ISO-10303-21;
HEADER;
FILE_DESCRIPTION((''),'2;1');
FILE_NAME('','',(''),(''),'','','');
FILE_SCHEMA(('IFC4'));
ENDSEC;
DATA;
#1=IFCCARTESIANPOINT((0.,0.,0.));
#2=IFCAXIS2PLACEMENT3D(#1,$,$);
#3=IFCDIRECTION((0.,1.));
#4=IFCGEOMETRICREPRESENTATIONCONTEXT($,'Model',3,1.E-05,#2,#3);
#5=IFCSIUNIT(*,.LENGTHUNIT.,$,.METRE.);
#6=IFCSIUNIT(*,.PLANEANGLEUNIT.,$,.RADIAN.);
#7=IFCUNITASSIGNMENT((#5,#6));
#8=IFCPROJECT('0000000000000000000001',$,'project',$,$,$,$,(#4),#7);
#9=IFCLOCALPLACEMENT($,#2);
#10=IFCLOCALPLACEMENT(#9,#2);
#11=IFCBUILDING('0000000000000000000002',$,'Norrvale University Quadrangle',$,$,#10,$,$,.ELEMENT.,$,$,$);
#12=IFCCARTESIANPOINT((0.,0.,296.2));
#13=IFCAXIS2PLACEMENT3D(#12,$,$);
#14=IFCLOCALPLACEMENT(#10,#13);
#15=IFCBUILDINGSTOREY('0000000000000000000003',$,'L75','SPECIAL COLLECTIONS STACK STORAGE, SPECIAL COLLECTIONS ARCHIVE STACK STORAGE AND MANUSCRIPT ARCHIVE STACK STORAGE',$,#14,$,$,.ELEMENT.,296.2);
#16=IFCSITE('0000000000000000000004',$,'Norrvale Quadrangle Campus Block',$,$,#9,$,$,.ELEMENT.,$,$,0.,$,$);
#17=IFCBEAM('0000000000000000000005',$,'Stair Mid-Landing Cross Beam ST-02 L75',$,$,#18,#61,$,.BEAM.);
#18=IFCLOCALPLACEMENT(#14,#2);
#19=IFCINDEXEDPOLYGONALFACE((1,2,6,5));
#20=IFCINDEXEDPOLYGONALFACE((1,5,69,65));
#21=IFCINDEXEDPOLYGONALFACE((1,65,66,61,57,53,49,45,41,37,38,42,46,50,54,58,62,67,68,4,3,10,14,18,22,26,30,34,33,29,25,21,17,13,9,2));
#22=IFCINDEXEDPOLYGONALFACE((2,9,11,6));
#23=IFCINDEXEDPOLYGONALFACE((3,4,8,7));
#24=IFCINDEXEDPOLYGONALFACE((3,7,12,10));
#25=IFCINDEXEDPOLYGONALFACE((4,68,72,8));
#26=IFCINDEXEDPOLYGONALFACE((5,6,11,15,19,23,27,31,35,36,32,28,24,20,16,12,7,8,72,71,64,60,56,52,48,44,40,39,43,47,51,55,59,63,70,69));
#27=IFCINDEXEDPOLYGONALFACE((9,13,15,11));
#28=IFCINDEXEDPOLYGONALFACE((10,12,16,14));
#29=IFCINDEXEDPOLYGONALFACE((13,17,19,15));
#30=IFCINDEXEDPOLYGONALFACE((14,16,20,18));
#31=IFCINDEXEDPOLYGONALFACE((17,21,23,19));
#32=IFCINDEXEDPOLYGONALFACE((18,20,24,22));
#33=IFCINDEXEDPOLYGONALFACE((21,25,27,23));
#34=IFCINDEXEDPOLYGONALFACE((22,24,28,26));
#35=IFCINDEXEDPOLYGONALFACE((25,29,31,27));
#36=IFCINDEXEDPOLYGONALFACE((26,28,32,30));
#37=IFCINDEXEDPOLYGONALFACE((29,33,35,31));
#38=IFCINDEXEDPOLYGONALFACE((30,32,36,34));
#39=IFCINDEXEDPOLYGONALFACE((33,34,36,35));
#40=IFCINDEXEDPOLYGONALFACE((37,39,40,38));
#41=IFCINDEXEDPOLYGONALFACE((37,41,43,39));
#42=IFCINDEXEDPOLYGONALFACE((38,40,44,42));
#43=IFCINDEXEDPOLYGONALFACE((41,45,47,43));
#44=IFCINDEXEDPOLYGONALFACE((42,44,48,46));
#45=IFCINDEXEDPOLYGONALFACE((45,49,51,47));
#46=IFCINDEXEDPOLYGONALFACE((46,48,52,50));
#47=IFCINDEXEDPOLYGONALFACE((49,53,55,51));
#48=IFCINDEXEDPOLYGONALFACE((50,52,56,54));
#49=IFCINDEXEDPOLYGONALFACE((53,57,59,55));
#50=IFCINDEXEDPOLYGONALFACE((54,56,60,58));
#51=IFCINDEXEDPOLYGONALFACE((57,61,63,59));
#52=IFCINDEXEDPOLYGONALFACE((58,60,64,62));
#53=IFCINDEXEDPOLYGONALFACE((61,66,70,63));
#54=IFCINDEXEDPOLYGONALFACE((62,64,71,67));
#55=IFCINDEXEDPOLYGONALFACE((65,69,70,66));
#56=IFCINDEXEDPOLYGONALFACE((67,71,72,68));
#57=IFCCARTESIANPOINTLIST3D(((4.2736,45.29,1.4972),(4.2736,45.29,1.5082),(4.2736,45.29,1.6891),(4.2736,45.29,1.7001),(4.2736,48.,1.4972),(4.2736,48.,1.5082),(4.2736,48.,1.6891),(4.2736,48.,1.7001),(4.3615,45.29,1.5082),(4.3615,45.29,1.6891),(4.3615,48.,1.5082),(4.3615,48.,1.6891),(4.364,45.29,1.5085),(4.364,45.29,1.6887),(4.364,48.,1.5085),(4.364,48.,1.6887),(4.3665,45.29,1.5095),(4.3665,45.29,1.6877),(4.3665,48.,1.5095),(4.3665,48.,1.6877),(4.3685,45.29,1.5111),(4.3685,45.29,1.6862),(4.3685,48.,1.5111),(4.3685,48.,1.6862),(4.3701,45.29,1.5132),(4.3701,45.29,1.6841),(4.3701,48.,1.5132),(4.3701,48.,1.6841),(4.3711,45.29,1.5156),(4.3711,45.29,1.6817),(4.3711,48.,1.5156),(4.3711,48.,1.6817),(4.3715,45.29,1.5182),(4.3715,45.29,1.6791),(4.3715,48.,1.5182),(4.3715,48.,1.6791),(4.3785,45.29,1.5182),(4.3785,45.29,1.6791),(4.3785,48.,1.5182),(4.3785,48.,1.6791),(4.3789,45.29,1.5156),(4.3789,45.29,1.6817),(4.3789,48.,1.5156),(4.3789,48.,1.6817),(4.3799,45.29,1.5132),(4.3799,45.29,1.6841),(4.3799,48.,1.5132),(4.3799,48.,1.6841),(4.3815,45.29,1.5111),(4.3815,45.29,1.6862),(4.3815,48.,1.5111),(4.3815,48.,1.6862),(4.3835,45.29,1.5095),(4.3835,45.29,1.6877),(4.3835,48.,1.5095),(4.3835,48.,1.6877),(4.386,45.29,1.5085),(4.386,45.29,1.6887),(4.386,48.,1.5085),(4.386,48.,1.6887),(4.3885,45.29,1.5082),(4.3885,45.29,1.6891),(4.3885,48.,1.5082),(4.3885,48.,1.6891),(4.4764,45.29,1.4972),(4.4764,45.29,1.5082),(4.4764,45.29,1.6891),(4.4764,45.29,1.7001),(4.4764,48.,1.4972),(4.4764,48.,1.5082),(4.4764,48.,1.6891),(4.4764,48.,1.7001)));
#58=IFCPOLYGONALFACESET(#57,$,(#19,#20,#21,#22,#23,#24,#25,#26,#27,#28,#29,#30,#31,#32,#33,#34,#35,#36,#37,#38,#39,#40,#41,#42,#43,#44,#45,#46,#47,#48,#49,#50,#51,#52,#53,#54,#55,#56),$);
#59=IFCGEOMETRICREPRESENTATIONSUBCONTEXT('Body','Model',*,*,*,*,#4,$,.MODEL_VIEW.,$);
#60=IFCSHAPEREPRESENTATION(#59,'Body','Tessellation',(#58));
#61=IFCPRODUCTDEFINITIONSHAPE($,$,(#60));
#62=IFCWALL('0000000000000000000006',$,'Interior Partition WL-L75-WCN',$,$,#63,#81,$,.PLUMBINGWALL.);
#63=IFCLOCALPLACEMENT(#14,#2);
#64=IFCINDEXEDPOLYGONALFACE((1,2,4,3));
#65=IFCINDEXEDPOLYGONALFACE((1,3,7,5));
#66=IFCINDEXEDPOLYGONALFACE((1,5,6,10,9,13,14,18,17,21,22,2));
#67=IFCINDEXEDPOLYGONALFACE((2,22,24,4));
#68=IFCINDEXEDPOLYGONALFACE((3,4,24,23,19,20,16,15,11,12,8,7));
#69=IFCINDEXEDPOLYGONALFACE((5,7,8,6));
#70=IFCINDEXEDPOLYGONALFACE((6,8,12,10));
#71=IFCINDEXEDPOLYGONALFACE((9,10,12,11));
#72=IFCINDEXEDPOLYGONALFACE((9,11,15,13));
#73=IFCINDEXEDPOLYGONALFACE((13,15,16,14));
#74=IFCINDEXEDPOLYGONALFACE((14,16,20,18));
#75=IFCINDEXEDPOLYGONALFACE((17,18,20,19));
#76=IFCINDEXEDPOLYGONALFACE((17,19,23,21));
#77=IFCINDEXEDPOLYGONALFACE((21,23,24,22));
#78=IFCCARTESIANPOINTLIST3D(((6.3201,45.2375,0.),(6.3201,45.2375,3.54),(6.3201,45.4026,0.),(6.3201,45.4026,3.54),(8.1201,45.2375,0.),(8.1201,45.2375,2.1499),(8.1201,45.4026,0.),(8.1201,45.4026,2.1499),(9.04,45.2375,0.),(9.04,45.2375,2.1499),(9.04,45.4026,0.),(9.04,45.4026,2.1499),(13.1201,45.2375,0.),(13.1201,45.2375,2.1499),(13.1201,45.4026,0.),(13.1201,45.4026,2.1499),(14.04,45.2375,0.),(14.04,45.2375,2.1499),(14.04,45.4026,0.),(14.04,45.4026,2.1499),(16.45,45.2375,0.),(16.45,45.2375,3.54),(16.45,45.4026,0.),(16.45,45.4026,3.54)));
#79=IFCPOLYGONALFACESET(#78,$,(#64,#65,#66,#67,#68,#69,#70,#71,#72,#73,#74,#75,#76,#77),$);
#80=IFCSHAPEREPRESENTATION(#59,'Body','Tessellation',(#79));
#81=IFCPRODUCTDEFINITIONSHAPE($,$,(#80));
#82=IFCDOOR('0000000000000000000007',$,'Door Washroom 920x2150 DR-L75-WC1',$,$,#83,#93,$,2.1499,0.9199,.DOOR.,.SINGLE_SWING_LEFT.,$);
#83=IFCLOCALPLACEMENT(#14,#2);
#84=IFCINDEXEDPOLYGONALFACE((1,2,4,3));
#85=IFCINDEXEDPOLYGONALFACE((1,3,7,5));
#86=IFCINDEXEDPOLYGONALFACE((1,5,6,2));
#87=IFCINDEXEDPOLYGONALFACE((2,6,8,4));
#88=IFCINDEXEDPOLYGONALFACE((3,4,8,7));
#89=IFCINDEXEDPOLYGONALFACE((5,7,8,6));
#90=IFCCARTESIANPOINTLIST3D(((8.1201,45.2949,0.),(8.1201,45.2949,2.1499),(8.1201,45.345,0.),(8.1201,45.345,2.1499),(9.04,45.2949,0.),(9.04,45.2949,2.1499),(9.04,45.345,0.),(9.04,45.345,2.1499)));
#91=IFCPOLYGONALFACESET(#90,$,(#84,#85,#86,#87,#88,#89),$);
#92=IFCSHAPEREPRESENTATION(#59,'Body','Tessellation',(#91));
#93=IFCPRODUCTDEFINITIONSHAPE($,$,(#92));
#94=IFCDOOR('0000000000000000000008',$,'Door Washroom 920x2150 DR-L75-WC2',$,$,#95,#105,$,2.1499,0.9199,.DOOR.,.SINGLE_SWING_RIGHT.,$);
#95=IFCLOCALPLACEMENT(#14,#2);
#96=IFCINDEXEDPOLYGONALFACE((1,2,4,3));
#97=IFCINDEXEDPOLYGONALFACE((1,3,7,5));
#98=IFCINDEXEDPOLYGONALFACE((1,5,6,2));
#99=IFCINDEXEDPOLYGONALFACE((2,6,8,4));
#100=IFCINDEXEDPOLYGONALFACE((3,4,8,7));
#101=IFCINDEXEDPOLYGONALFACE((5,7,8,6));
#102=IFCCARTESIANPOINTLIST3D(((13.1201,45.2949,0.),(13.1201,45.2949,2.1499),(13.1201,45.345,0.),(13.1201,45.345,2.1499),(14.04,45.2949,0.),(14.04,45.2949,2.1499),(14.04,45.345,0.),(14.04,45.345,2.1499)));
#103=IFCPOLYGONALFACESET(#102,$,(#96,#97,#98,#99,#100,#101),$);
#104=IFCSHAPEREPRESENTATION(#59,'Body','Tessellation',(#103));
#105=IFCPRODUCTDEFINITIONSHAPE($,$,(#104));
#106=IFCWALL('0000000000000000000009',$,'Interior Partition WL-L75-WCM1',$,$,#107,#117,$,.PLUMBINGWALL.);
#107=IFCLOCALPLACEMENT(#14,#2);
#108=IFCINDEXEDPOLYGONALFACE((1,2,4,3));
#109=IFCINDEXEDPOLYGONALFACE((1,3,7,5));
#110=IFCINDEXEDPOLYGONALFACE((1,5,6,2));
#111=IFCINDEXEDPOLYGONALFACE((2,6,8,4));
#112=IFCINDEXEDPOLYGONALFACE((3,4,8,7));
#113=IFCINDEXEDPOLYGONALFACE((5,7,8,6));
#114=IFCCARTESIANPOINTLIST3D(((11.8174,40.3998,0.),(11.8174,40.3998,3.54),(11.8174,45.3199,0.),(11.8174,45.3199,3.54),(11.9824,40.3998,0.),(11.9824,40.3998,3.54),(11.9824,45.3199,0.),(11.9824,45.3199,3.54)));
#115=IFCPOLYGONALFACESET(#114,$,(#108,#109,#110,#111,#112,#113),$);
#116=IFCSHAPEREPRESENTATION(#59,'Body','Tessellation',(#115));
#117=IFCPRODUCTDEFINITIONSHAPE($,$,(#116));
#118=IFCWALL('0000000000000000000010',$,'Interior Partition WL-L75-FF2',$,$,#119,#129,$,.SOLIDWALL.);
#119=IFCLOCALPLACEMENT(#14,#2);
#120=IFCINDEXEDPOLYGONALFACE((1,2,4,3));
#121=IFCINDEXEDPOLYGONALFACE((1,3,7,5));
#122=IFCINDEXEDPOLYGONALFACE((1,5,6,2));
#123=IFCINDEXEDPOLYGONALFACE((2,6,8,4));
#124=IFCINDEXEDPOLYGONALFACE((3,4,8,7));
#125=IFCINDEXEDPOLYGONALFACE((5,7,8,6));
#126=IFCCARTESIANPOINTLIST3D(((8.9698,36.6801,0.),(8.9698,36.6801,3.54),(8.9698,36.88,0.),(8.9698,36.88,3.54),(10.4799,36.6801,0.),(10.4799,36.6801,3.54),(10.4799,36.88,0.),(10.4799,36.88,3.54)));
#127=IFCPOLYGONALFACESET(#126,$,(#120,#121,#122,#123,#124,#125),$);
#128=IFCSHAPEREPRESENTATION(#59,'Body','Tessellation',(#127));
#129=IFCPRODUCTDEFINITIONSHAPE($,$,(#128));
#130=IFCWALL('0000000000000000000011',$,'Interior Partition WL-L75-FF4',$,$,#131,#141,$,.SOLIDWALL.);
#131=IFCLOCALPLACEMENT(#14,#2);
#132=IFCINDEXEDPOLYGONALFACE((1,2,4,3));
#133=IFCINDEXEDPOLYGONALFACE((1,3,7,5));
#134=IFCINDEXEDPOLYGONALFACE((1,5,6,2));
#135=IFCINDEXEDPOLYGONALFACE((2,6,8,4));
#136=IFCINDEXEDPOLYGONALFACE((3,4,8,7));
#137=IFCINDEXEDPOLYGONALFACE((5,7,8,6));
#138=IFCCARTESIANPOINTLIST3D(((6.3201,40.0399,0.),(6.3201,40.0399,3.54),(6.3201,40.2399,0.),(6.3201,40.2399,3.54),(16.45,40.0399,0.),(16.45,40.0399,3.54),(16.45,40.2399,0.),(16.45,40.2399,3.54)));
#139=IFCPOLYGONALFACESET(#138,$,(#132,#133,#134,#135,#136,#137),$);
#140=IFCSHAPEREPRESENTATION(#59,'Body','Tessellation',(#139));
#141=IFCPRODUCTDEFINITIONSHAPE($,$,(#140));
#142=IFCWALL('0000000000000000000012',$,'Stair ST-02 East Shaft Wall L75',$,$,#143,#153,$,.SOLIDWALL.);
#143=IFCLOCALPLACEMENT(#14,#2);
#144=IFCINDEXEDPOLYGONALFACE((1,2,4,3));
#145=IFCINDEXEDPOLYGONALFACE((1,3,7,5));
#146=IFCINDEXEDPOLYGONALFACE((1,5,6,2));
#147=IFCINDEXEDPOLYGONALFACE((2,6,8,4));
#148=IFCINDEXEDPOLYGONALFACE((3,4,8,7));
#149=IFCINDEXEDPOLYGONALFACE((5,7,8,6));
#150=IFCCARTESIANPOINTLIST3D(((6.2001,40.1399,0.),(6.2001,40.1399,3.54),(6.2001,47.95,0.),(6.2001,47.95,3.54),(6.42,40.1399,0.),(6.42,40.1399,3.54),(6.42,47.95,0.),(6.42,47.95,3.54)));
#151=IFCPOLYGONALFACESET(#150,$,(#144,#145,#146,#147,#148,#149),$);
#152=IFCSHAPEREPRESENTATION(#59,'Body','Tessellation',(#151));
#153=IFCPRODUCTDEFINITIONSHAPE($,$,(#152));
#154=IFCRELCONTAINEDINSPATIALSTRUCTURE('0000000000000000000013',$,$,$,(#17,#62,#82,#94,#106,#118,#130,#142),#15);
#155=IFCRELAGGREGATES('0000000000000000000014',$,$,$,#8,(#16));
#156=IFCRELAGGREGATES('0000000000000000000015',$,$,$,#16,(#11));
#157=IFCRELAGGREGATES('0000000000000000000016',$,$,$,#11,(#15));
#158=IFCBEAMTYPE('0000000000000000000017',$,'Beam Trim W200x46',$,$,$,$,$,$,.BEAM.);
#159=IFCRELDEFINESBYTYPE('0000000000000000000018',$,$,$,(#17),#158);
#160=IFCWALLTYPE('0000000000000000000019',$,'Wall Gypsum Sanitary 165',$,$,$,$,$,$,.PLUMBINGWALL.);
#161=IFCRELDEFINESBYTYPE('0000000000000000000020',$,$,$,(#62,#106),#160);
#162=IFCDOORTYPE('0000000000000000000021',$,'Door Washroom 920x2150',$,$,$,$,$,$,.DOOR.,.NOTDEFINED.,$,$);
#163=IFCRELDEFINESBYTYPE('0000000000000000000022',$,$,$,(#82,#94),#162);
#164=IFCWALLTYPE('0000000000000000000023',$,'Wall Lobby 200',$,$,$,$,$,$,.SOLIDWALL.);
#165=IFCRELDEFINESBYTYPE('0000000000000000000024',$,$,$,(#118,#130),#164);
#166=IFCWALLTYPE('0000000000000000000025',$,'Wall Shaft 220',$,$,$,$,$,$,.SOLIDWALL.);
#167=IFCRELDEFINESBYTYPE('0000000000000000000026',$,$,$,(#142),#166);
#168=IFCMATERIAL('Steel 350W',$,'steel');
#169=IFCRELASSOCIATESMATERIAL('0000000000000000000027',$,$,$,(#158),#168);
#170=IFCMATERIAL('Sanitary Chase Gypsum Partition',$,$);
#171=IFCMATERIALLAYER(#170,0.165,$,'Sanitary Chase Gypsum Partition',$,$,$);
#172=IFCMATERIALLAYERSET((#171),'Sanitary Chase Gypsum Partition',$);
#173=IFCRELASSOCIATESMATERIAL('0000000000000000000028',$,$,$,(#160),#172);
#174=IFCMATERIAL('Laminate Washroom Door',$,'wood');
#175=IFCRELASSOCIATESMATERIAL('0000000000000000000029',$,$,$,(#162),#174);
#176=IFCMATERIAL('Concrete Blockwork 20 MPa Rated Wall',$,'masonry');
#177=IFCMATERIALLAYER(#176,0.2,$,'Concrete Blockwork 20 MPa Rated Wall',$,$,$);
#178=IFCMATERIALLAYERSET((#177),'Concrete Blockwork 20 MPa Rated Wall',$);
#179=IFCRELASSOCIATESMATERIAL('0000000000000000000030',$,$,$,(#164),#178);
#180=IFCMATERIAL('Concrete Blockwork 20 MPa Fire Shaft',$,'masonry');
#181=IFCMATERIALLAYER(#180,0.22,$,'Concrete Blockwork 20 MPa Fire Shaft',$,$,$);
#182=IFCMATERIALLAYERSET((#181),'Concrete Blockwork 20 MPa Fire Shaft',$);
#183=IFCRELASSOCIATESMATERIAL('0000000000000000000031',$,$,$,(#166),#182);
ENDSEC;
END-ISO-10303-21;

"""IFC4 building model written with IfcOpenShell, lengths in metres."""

from ifc_helpers import new_model, si_unit, direction, frame, frame_2d, origin, origin_2d, place, context, subcontext, project, spatial, rectangle, i_section, extrude, material, layer, layer_set, material_profile, profile_set, type_object, element, fill, save


model = new_model("IFC4")

# Units and contexts
model_context = context("Model", 3, precision=1e-05, world=origin(), true_north=direction((0.0, 1.0)))
body_context = subcontext(model_context, "Body", "Model", "MODEL_VIEW")
ifc_project = project(units=[si_unit("LENGTHUNIT", "METRE"), si_unit("PLANEANGLEUNIT", "RADIAN")], contexts=[model_context])

# Site, building, storey
site_placement = place(None, origin())
site = spatial("IfcSite", under=ifc_project, at=site_placement, Name="Norrvale Quadrangle Campus Block", CompositionType="ELEMENT", RefElevation=0.0)
building_placement = place(site_placement, origin())
building = spatial("IfcBuilding", under=site, at=building_placement, Name="Norrvale University Quadrangle", CompositionType="ELEMENT")
storey_placement = place(building_placement, frame((0.0, 0.0, 296.2)))
storey = spatial("IfcBuildingStorey", under=building, at=storey_placement, Name="L75", Description="SPECIAL COLLECTIONS STACK STORAGE, SPECIAL COLLECTIONS ARCHIVE STACK STORAGE AND MANUSCRIPT ARCHIVE STACK STORAGE", CompositionType="ELEMENT", Elevation=296.2)

# Beam
ifc_material_1 = material(Name="Steel 350W", Category="steel")
ifc_material_profile = material_profile(ifc_material_1, i_section(OverallWidth=0.2029, OverallDepth=0.2029, WebThickness=0.0071, FlangeThickness=0.011, FilletRadius=0.01, at=origin_2d()), Name="Steel 350W")
ifc_profile_set = profile_set([ifc_material_profile], Name="Steel 350W")
beam_type = type_object("IfcBeamType", Name="Beam Trim W200x46", PredefinedType="BEAM", material=ifc_profile_set)
beam_placement = place(storey_placement, frame((4.375, 45.29, 1.5986), z_axis=(0.0, 1.0, 0.0), x_axis=(-1.0, 0.0, 0.0)))
element("IfcBeam", 1, at=beam_placement, inside=storey, type_object=beam_type, Name="Stair Mid-Landing Cross Beam ST-02 L75", PredefinedType="BEAM", context=body_context, shape_type="SweptSolid", body=[
    extrude(i_section(OverallWidth=0.2029, OverallDepth=0.2029, WebThickness=0.0071, FlangeThickness=0.011, FilletRadius=0.01, at=origin_2d()), origin(), (0.0, 0.0, 1.0), 2.71),
])

# Wall, openings, doors
ifc_material_2 = material(Name="Sanitary Chase Gypsum Partition")
ifc_layer_1 = layer(ifc_material_2, 0.165, Name="Sanitary Chase Gypsum Partition")
ifc_layer_set_1 = layer_set([ifc_layer_1], Name="Sanitary Chase Gypsum Partition")
wall_type_1 = type_object("IfcWallType", Name="Wall Gypsum Sanitary 165", PredefinedType="PLUMBINGWALL", material=ifc_layer_set_1)
wall_1_placement = place(storey_placement, frame((6.3201, 45.3201, 0.0), z_axis=(0.0, 0.0, 1.0), x_axis=(1.0, 0.0, 0.0)))
wall_1 = element("IfcWall", 2, at=wall_1_placement, inside=storey, type_object=wall_type_1, Name="Interior Partition WL-L75-WCN", PredefinedType="PLUMBINGWALL", context=body_context, shape_type="SweptSolid", body=[
    extrude(rectangle(XDim=10.1299, YDim=0.165, at=frame_2d((5.0649, 0.0))), origin(), (0.0, 0.0, 1.0), 3.54),
])
opening_1_placement = place(wall_1_placement, frame((1.8, 0.0, 0.0)))
opening_1 = element("IfcOpeningElement", 3, at=opening_1_placement, cuts=wall_1, PredefinedType="OPENING", context=body_context, shape_type="SweptSolid", body=[
    extrude(rectangle(XDim=0.9199, YDim=2.1499, at=frame_2d((0.46, 1.075))), frame((0.0, 0.0945, 0.0), z_axis=(0.0, -1.0, 0.0), x_axis=(1.0, 0.0, 0.0)), (0.0, 0.0, 1.0), 0.189),
])
opening_2_placement = place(wall_1_placement, frame((6.8, 0.0, 0.0)))
opening_2 = element("IfcOpeningElement", 4, at=opening_2_placement, cuts=wall_1, PredefinedType="OPENING", context=body_context, shape_type="SweptSolid", body=[
    extrude(rectangle(XDim=0.9199, YDim=2.1499, at=frame_2d((0.46, 1.075))), frame((0.0, 0.0945, 0.0), z_axis=(0.0, -1.0, 0.0), x_axis=(1.0, 0.0, 0.0)), (0.0, 0.0, 1.0), 0.189),
])
ifc_material_3 = material(Name="Laminate Washroom Door", Category="wood")
door_type_1 = type_object("IfcDoorType", Name="Door Washroom 920x2150", OperationType="NOTDEFINED", PredefinedType="DOOR", material=ifc_material_3)
door_1_placement = place(opening_1_placement, origin())
door_1 = element("IfcDoor", 5, at=door_1_placement, inside=storey, type_object=door_type_1, Name="Door Washroom 920x2150 DR-L75-WC1", OperationType="SINGLE_SWING_LEFT", OverallHeight=2.1499, OverallWidth=0.9199, PredefinedType="DOOR", context=body_context, shape_type="SweptSolid", body=[
    extrude(rectangle(XDim=0.9199, YDim=2.1499, at=frame_2d((0.46, 1.075))), frame((0.0, 0.0249, 0.0), z_axis=(0.0, -1.0, 0.0), x_axis=(1.0, 0.0, 0.0)), (0.0, 0.0, 1.0), 0.05),
])
fill(opening_1, door_1)
door_2_placement = place(opening_2_placement, origin())
door_2 = element("IfcDoor", 6, at=door_2_placement, inside=storey, type_object=door_type_1, Name="Door Washroom 920x2150 DR-L75-WC2", OperationType="SINGLE_SWING_RIGHT", OverallHeight=2.1499, OverallWidth=0.9199, PredefinedType="DOOR", context=body_context, shape_type="SweptSolid", body=[
    extrude(rectangle(XDim=0.9199, YDim=2.1499, at=frame_2d((0.46, 1.075))), frame((0.0, 0.0249, 0.0), z_axis=(0.0, -1.0, 0.0), x_axis=(1.0, 0.0, 0.0)), (0.0, 0.0, 1.0), 0.05),
])
fill(opening_2, door_2)

# Walls
wall_2_placement = place(storey_placement, frame((11.8999, 40.3999, 0.0), z_axis=(0.0, 0.0, 1.0), x_axis=(0.0, 1.0, 0.0)))
element("IfcWall", 7, at=wall_2_placement, inside=storey, type_object=wall_type_1, Name="Interior Partition WL-L75-WCM1", PredefinedType="PLUMBINGWALL", context=body_context, shape_type="SweptSolid", body=[
    extrude(rectangle(XDim=4.9202, YDim=0.165, at=frame_2d((2.46, 0.0))), origin(), (0.0, 0.0, 1.0), 3.54),
])
ifc_material_4 = material(Name="Concrete Blockwork 20 MPa Rated Wall", Category="masonry")
ifc_layer_2 = layer(ifc_material_4, 0.2, Name="Concrete Blockwork 20 MPa Rated Wall")
ifc_layer_set_2 = layer_set([ifc_layer_2], Name="Concrete Blockwork 20 MPa Rated Wall")
wall_type_2 = type_object("IfcWallType", Name="Wall Lobby 200", PredefinedType="SOLIDWALL", material=ifc_layer_set_2)
wall_3_placement = place(storey_placement, frame((8.97, 36.78, 0.0), z_axis=(0.0, 0.0, 1.0), x_axis=(1.0, 0.0, 0.0)))
element("IfcWall", 8, at=wall_3_placement, inside=storey, type_object=wall_type_2, Name="Interior Partition WL-L75-FF2", PredefinedType="SOLIDWALL", context=body_context, shape_type="SweptSolid", body=[
    extrude(rectangle(XDim=1.51, YDim=0.2, at=frame_2d((0.7549, 0.0))), origin(), (0.0, 0.0, 1.0), 3.54),
])
wall_4_placement = place(storey_placement, frame((6.3201, 40.1399, 0.0), z_axis=(0.0, 0.0, 1.0), x_axis=(1.0, 0.0, 0.0)))
element("IfcWall", 9, at=wall_4_placement, inside=storey, type_object=wall_type_2, Name="Interior Partition WL-L75-FF4", PredefinedType="SOLIDWALL", context=body_context, shape_type="SweptSolid", body=[
    extrude(rectangle(XDim=10.1299, YDim=0.2, at=frame_2d((5.0649, 0.0))), origin(), (0.0, 0.0, 1.0), 3.54),
])
ifc_material_5 = material(Name="Concrete Blockwork 20 MPa Fire Shaft", Category="masonry")
ifc_layer_3 = layer(ifc_material_5, 0.22, Name="Concrete Blockwork 20 MPa Fire Shaft")
ifc_layer_set_3 = layer_set([ifc_layer_3], Name="Concrete Blockwork 20 MPa Fire Shaft")
wall_type_3 = type_object("IfcWallType", Name="Wall Shaft 220", PredefinedType="SOLIDWALL", material=ifc_layer_set_3)
wall_5_placement = place(storey_placement, frame((6.3101, 40.1399, 0.0), z_axis=(0.0, 0.0, 1.0), x_axis=(0.0, 1.0, 0.0)))
element("IfcWall", 10, at=wall_5_placement, inside=storey, type_object=wall_type_3, Name="Stair ST-02 East Shaft Wall L75", PredefinedType="SOLIDWALL", context=body_context, shape_type="SweptSolid", body=[
    extrude(rectangle(XDim=7.8101, YDim=0.22, at=frame_2d((3.905, 0.0))), origin(), (0.0, 0.0, 1.0), 3.54),
])

save(model, "model.ifc")
